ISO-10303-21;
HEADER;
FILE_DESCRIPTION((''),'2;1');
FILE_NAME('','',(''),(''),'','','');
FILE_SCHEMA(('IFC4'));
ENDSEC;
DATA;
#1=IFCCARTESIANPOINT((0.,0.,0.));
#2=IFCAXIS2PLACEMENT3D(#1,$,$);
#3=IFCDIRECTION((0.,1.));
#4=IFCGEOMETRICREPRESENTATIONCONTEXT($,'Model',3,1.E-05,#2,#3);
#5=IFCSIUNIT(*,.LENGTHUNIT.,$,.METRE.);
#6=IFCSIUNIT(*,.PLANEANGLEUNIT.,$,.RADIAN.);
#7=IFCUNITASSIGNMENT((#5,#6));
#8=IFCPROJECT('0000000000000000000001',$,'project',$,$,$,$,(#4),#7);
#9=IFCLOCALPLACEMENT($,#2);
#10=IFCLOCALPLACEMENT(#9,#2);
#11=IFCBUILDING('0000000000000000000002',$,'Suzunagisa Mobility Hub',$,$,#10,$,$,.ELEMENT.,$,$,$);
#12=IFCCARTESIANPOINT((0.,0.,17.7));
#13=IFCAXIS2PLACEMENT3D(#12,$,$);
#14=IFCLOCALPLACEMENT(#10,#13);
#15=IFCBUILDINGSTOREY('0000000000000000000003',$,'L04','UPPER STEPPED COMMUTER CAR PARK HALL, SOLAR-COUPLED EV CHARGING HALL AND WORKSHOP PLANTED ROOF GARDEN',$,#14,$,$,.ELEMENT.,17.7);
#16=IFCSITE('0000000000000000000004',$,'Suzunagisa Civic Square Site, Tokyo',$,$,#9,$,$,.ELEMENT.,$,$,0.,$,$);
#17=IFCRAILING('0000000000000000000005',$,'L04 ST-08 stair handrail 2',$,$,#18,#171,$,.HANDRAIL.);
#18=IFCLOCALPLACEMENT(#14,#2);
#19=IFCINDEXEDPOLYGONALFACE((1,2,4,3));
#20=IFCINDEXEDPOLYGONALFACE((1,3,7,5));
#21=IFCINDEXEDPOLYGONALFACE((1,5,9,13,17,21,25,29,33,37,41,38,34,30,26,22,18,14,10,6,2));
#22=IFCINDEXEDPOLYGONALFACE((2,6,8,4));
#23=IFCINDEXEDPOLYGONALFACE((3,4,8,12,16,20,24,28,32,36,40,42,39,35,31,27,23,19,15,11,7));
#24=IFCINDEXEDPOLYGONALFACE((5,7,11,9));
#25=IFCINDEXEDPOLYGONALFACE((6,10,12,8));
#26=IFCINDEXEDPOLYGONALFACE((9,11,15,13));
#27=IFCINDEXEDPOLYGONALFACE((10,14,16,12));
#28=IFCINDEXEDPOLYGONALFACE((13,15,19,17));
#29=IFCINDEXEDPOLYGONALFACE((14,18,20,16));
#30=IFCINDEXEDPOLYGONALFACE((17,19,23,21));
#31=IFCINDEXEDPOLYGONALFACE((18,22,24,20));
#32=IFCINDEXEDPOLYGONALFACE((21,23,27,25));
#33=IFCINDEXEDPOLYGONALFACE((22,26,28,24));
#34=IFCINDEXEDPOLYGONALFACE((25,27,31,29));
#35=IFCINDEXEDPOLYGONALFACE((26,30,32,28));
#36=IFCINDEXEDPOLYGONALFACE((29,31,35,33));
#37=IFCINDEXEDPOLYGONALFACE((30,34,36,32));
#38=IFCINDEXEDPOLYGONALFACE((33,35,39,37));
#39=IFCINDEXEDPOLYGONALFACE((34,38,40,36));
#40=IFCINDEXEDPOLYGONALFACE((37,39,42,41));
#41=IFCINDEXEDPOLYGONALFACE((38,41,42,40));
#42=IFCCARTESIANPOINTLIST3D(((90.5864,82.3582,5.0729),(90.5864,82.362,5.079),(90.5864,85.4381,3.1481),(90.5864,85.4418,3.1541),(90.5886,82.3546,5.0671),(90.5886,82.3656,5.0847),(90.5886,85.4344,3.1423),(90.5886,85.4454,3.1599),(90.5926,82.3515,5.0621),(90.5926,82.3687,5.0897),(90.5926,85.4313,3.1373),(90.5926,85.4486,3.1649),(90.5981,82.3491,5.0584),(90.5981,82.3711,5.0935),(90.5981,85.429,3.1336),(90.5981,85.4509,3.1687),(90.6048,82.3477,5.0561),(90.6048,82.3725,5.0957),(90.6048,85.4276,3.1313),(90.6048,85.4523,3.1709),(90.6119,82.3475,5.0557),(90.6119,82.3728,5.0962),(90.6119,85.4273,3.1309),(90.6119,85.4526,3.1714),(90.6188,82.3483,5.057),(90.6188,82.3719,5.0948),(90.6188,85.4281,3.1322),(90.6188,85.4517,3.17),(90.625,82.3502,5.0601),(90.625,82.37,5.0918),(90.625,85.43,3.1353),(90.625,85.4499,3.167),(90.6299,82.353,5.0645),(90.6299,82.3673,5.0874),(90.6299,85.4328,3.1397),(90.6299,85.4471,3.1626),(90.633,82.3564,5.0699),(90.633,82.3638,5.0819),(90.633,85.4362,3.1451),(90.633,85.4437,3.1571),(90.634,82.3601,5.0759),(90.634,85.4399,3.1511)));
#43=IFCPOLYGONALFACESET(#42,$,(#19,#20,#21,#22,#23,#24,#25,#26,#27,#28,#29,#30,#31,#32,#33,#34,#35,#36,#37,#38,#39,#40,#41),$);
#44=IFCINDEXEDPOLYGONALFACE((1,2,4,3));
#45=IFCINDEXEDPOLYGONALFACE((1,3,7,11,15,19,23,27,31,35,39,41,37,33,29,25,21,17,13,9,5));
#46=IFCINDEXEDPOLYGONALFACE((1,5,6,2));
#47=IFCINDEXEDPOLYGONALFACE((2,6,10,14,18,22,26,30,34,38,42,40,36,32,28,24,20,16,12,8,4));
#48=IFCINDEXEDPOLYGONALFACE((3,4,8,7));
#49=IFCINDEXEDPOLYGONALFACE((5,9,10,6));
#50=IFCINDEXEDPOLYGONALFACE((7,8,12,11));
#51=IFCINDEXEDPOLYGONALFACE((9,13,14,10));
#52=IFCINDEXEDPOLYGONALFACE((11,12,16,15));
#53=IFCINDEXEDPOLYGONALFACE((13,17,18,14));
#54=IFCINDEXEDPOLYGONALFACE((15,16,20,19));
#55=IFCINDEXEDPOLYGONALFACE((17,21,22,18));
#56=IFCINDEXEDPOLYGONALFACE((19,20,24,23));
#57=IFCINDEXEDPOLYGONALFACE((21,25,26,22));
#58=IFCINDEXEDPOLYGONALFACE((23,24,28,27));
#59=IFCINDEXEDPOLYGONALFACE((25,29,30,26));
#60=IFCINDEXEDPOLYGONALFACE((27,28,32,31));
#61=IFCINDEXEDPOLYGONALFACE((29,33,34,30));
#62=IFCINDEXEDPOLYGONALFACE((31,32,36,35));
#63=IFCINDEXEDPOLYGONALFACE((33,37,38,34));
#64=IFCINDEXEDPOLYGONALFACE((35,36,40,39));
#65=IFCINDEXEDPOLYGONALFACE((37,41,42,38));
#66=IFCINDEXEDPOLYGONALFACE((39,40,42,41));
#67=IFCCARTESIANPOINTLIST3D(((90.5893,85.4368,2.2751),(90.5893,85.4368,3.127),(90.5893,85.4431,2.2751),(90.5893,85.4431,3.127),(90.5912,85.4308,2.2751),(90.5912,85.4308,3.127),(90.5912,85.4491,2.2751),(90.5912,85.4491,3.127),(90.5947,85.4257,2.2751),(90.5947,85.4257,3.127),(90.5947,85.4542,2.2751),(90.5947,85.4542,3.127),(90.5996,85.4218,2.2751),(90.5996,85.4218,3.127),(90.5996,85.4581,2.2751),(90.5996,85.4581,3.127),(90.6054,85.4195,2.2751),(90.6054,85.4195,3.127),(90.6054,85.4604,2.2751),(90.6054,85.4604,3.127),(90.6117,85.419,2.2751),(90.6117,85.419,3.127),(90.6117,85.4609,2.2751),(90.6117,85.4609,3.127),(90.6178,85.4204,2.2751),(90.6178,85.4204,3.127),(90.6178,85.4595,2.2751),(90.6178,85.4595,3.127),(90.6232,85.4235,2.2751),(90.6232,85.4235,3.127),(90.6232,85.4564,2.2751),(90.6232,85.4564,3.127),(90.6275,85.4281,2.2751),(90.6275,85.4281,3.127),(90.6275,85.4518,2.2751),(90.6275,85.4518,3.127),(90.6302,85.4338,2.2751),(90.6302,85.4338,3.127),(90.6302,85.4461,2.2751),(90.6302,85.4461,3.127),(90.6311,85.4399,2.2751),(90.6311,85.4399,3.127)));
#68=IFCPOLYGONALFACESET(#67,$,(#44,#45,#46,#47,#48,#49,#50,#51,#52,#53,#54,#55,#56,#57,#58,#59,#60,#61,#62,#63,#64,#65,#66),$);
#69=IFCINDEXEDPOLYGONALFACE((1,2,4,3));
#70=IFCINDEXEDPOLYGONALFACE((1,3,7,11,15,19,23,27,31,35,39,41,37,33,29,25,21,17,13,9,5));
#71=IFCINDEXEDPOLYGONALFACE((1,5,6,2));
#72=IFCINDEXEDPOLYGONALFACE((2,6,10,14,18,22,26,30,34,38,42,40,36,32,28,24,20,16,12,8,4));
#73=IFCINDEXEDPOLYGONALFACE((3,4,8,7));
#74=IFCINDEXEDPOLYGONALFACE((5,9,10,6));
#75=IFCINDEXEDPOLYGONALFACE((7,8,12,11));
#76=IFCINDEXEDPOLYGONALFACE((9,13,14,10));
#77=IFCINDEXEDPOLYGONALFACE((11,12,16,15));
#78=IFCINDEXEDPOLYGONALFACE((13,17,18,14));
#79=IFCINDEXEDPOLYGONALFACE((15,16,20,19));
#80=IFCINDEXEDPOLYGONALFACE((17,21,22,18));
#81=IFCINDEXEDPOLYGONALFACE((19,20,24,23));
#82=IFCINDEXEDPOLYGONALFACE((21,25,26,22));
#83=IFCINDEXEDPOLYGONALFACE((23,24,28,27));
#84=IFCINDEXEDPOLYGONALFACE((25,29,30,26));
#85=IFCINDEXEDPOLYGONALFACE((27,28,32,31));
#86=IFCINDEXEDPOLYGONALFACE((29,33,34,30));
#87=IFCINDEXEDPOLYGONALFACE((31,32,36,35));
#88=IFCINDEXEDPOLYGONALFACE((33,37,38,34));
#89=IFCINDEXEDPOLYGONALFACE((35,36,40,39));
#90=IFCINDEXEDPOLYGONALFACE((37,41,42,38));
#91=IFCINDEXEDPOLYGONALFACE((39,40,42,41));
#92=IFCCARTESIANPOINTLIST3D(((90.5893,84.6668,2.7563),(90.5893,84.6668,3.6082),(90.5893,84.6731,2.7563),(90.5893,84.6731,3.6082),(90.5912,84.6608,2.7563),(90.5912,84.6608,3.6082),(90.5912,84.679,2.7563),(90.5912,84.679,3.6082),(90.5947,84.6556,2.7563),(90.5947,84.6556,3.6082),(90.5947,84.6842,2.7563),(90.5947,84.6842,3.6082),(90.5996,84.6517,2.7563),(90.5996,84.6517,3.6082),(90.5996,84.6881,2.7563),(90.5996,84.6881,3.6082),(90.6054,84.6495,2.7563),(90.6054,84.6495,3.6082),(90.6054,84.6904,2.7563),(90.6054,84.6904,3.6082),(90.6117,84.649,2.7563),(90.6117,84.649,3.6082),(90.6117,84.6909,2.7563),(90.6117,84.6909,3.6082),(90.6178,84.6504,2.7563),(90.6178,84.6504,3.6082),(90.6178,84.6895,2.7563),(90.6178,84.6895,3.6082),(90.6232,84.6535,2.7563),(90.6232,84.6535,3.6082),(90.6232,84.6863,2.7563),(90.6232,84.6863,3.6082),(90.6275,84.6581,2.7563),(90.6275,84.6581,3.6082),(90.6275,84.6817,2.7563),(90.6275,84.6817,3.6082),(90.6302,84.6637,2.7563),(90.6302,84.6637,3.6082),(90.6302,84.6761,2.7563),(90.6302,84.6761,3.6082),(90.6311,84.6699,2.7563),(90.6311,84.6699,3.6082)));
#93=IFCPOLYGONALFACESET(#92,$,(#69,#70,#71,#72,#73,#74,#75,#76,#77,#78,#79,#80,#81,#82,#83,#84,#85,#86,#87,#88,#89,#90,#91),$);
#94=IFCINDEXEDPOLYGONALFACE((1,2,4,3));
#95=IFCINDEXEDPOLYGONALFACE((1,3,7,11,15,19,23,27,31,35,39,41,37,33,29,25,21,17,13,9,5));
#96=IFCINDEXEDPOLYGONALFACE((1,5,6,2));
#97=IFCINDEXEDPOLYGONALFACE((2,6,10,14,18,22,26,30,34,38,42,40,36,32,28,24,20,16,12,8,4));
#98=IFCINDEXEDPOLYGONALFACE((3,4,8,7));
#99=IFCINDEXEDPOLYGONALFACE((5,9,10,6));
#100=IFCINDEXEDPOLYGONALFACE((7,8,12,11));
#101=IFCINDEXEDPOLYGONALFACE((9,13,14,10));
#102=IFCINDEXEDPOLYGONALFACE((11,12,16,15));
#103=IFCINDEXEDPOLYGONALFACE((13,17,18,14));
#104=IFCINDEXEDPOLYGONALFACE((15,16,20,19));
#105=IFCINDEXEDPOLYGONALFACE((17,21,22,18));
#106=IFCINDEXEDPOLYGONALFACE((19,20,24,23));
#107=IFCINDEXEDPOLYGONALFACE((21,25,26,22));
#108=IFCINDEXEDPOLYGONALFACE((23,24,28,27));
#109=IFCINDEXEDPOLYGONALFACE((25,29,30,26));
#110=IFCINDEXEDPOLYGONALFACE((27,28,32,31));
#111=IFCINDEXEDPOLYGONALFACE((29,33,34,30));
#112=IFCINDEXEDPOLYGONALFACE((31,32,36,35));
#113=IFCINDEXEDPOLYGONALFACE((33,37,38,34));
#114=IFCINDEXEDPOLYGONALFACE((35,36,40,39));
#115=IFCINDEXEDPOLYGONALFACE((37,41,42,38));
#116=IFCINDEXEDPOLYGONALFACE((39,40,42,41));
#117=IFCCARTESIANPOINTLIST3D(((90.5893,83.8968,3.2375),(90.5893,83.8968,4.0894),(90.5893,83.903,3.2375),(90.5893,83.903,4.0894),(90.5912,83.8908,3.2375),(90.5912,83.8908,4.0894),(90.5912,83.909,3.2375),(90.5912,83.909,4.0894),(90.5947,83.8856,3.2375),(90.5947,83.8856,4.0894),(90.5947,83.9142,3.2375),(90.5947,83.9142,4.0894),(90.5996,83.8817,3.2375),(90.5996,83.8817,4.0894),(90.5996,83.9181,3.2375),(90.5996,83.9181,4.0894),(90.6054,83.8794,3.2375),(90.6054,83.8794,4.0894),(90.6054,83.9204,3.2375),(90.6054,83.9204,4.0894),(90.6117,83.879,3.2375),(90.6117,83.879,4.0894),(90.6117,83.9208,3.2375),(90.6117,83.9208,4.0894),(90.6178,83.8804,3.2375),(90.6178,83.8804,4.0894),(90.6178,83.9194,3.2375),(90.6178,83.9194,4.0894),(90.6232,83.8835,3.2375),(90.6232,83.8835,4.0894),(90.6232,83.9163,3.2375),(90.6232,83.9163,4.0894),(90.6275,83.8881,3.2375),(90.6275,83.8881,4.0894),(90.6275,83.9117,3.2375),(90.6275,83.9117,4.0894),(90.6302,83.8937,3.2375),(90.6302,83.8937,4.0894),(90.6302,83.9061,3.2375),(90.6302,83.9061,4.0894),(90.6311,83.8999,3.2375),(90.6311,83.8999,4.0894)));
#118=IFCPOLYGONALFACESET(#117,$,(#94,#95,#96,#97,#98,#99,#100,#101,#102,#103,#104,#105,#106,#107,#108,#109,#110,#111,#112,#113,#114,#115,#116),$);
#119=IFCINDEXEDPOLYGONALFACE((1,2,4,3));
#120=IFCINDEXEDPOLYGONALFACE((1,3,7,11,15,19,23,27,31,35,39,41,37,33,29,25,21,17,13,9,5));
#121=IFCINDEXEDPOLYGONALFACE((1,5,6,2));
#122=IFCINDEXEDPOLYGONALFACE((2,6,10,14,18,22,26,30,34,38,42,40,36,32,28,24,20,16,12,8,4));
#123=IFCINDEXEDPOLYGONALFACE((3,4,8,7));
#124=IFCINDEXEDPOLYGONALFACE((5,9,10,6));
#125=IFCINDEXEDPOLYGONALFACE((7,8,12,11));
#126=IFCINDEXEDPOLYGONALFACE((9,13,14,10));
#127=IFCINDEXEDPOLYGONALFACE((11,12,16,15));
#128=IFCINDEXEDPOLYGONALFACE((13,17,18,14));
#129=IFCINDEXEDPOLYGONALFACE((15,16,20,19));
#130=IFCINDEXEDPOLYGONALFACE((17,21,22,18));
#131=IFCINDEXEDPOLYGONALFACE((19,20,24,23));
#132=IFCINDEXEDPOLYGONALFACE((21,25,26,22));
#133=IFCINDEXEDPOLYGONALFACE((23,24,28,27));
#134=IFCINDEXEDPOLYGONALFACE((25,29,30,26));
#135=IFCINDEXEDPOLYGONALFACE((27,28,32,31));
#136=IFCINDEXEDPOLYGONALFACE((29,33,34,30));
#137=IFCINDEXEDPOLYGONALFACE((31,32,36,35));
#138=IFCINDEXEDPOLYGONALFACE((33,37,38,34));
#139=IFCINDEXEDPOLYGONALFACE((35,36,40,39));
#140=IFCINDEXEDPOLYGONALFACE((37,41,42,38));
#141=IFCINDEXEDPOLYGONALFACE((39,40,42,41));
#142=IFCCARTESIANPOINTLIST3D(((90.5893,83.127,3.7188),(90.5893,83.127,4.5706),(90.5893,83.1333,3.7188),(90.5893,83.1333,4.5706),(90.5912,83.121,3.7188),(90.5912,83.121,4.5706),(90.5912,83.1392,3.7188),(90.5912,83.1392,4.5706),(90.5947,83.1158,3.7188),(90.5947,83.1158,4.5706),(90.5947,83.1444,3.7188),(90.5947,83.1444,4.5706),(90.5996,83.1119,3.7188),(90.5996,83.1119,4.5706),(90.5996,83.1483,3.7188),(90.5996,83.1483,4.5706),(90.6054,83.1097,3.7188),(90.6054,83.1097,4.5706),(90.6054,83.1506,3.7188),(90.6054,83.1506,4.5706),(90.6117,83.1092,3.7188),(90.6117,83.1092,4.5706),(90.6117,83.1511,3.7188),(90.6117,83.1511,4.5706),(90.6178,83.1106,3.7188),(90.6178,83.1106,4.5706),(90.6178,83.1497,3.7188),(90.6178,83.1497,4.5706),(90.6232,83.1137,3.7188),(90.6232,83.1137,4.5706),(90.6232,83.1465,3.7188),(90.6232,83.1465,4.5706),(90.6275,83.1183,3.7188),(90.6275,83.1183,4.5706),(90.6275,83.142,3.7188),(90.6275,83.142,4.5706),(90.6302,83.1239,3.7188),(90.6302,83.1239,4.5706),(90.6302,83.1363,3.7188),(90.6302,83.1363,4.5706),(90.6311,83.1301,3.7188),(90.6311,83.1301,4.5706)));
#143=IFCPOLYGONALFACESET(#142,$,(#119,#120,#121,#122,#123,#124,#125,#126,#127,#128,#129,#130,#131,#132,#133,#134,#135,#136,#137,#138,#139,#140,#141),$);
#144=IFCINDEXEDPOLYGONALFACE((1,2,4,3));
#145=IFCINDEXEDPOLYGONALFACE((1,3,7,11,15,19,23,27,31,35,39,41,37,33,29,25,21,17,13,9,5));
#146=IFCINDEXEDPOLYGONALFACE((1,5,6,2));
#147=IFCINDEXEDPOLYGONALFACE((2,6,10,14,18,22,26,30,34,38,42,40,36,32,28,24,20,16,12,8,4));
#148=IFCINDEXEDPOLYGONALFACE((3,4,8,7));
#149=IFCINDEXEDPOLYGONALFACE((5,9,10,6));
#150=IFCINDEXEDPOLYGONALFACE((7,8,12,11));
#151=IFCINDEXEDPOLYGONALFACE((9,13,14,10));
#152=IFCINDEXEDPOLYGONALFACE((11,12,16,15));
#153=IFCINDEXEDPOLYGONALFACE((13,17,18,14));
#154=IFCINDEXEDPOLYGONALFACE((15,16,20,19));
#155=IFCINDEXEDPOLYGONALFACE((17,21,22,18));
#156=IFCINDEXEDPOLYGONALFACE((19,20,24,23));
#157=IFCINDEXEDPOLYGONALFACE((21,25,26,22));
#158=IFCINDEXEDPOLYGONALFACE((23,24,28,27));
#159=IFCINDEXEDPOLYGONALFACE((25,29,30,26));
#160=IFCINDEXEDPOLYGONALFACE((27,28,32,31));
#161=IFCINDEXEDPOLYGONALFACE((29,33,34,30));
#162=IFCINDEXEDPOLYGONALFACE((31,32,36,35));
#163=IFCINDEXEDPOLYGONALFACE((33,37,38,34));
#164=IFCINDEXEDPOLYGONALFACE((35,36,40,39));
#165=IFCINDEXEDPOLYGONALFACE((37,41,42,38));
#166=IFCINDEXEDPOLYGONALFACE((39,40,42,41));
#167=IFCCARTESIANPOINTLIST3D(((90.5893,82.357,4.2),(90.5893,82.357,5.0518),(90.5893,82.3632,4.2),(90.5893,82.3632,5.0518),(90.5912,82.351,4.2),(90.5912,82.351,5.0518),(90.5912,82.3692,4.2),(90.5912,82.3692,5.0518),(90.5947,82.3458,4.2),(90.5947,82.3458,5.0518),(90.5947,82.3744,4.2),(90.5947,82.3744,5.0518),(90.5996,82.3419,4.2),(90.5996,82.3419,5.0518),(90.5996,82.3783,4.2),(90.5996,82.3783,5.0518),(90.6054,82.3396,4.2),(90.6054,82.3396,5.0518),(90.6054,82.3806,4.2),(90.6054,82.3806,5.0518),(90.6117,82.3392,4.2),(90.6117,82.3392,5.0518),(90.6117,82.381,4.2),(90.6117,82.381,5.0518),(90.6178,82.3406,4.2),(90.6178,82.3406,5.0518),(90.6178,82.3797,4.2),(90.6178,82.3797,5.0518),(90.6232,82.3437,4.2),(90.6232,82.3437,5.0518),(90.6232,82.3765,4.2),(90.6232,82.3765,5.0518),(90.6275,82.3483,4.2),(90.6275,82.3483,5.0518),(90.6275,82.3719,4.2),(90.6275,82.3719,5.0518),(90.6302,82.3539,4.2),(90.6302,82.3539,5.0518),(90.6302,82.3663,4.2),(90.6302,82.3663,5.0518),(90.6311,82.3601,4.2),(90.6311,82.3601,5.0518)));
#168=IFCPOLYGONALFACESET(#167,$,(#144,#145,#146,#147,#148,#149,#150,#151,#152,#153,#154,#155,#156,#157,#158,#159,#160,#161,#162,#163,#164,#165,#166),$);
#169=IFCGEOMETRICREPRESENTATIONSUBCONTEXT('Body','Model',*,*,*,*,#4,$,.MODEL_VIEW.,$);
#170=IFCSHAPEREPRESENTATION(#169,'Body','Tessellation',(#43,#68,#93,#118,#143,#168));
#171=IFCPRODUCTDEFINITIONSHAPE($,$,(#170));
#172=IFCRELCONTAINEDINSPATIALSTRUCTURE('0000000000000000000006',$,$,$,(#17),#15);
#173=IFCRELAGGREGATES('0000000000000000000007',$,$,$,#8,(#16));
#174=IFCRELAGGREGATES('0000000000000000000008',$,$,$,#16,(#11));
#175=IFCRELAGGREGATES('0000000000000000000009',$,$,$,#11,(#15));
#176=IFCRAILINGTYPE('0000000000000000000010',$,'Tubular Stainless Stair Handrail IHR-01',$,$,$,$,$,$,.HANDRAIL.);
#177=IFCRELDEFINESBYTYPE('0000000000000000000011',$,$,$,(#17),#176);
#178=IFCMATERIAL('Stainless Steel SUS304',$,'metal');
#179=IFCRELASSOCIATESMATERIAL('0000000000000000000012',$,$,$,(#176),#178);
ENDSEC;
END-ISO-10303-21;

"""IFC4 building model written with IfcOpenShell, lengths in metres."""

from ifc_helpers import new_model, si_unit, direction, frame, origin, origin_2d, place, context, subcontext, project, spatial, circle, extrude, material, type_object, element, save


model = new_model("IFC4")

# Units and contexts
model_context = context("Model", 3, precision=1e-05, world=origin(), true_north=direction((0.0, 1.0)))
body_context = subcontext(model_context, "Body", "Model", "MODEL_VIEW")
ifc_project = project(units=[si_unit("LENGTHUNIT", "METRE"), si_unit("PLANEANGLEUNIT", "RADIAN")], contexts=[model_context])

# Site, building, storey
site_placement = place(None, origin())
site = spatial("IfcSite", under=ifc_project, at=site_placement, Name="Suzunagisa Civic Square Site, Tokyo", CompositionType="ELEMENT", RefElevation=0.0)
building_placement = place(site_placement, origin())
building = spatial("IfcBuilding", under=site, at=building_placement, Name="Suzunagisa Mobility Hub", CompositionType="ELEMENT")
storey_placement = place(building_placement, frame((0.0, 0.0, 17.7)))
storey = spatial("IfcBuildingStorey", under=building, at=storey_placement, Name="L04", Description="UPPER STEPPED COMMUTER CAR PARK HALL, SOLAR-COUPLED EV CHARGING HALL AND WORKSHOP PLANTED ROOF GARDEN", CompositionType="ELEMENT", Elevation=17.7)

# Railing
ifc_material_1 = material(Name="Stainless Steel SUS304", Category="metal")
railing_type_1 = type_object("IfcRailingType", Name="Tubular Stainless Stair Handrail IHR-01", PredefinedType="HANDRAIL", material=ifc_material_1)
railing_1_placement = place(storey_placement, frame((90.6101, 85.4399, 2.2751)))
element("IfcRailing", 1, at=railing_1_placement, inside=storey, type_object=railing_type_1, Name="L04 ST-08 stair handrail 2", PredefinedType="HANDRAIL", context=body_context, shape_type="SweptSolid", body=[
    extrude(circle(Radius=0.0239, at=origin_2d()), frame((0.0, 0.0, 0.876), z_axis=(0.0, -0.84801, 0.529981), x_axis=(1.0, 0.0, 0.0)), (0.0, 0.0, 1.0), 3.6318),
    extrude(circle(Radius=0.021, at=origin_2d()), origin(), (0.0, 0.0, 1.0), 0.8518),
    extrude(circle(Radius=0.021, at=origin_2d()), frame((0.0, -0.77, 0.4812)), (0.0, 0.0, 1.0), 0.8518),
    extrude(circle(Radius=0.021, at=origin_2d()), frame((0.0, -1.54, 0.9624)), (0.0, 0.0, 1.0), 0.8518),
    extrude(circle(Radius=0.021, at=origin_2d()), frame((0.0, -2.3098, 1.4436)), (0.0, 0.0, 1.0), 0.8518),
    extrude(circle(Radius=0.021, at=origin_2d()), frame((0.0, -3.0798, 1.9248)), (0.0, 0.0, 1.0), 0.8518),
])

save(model, "model.ifc")
